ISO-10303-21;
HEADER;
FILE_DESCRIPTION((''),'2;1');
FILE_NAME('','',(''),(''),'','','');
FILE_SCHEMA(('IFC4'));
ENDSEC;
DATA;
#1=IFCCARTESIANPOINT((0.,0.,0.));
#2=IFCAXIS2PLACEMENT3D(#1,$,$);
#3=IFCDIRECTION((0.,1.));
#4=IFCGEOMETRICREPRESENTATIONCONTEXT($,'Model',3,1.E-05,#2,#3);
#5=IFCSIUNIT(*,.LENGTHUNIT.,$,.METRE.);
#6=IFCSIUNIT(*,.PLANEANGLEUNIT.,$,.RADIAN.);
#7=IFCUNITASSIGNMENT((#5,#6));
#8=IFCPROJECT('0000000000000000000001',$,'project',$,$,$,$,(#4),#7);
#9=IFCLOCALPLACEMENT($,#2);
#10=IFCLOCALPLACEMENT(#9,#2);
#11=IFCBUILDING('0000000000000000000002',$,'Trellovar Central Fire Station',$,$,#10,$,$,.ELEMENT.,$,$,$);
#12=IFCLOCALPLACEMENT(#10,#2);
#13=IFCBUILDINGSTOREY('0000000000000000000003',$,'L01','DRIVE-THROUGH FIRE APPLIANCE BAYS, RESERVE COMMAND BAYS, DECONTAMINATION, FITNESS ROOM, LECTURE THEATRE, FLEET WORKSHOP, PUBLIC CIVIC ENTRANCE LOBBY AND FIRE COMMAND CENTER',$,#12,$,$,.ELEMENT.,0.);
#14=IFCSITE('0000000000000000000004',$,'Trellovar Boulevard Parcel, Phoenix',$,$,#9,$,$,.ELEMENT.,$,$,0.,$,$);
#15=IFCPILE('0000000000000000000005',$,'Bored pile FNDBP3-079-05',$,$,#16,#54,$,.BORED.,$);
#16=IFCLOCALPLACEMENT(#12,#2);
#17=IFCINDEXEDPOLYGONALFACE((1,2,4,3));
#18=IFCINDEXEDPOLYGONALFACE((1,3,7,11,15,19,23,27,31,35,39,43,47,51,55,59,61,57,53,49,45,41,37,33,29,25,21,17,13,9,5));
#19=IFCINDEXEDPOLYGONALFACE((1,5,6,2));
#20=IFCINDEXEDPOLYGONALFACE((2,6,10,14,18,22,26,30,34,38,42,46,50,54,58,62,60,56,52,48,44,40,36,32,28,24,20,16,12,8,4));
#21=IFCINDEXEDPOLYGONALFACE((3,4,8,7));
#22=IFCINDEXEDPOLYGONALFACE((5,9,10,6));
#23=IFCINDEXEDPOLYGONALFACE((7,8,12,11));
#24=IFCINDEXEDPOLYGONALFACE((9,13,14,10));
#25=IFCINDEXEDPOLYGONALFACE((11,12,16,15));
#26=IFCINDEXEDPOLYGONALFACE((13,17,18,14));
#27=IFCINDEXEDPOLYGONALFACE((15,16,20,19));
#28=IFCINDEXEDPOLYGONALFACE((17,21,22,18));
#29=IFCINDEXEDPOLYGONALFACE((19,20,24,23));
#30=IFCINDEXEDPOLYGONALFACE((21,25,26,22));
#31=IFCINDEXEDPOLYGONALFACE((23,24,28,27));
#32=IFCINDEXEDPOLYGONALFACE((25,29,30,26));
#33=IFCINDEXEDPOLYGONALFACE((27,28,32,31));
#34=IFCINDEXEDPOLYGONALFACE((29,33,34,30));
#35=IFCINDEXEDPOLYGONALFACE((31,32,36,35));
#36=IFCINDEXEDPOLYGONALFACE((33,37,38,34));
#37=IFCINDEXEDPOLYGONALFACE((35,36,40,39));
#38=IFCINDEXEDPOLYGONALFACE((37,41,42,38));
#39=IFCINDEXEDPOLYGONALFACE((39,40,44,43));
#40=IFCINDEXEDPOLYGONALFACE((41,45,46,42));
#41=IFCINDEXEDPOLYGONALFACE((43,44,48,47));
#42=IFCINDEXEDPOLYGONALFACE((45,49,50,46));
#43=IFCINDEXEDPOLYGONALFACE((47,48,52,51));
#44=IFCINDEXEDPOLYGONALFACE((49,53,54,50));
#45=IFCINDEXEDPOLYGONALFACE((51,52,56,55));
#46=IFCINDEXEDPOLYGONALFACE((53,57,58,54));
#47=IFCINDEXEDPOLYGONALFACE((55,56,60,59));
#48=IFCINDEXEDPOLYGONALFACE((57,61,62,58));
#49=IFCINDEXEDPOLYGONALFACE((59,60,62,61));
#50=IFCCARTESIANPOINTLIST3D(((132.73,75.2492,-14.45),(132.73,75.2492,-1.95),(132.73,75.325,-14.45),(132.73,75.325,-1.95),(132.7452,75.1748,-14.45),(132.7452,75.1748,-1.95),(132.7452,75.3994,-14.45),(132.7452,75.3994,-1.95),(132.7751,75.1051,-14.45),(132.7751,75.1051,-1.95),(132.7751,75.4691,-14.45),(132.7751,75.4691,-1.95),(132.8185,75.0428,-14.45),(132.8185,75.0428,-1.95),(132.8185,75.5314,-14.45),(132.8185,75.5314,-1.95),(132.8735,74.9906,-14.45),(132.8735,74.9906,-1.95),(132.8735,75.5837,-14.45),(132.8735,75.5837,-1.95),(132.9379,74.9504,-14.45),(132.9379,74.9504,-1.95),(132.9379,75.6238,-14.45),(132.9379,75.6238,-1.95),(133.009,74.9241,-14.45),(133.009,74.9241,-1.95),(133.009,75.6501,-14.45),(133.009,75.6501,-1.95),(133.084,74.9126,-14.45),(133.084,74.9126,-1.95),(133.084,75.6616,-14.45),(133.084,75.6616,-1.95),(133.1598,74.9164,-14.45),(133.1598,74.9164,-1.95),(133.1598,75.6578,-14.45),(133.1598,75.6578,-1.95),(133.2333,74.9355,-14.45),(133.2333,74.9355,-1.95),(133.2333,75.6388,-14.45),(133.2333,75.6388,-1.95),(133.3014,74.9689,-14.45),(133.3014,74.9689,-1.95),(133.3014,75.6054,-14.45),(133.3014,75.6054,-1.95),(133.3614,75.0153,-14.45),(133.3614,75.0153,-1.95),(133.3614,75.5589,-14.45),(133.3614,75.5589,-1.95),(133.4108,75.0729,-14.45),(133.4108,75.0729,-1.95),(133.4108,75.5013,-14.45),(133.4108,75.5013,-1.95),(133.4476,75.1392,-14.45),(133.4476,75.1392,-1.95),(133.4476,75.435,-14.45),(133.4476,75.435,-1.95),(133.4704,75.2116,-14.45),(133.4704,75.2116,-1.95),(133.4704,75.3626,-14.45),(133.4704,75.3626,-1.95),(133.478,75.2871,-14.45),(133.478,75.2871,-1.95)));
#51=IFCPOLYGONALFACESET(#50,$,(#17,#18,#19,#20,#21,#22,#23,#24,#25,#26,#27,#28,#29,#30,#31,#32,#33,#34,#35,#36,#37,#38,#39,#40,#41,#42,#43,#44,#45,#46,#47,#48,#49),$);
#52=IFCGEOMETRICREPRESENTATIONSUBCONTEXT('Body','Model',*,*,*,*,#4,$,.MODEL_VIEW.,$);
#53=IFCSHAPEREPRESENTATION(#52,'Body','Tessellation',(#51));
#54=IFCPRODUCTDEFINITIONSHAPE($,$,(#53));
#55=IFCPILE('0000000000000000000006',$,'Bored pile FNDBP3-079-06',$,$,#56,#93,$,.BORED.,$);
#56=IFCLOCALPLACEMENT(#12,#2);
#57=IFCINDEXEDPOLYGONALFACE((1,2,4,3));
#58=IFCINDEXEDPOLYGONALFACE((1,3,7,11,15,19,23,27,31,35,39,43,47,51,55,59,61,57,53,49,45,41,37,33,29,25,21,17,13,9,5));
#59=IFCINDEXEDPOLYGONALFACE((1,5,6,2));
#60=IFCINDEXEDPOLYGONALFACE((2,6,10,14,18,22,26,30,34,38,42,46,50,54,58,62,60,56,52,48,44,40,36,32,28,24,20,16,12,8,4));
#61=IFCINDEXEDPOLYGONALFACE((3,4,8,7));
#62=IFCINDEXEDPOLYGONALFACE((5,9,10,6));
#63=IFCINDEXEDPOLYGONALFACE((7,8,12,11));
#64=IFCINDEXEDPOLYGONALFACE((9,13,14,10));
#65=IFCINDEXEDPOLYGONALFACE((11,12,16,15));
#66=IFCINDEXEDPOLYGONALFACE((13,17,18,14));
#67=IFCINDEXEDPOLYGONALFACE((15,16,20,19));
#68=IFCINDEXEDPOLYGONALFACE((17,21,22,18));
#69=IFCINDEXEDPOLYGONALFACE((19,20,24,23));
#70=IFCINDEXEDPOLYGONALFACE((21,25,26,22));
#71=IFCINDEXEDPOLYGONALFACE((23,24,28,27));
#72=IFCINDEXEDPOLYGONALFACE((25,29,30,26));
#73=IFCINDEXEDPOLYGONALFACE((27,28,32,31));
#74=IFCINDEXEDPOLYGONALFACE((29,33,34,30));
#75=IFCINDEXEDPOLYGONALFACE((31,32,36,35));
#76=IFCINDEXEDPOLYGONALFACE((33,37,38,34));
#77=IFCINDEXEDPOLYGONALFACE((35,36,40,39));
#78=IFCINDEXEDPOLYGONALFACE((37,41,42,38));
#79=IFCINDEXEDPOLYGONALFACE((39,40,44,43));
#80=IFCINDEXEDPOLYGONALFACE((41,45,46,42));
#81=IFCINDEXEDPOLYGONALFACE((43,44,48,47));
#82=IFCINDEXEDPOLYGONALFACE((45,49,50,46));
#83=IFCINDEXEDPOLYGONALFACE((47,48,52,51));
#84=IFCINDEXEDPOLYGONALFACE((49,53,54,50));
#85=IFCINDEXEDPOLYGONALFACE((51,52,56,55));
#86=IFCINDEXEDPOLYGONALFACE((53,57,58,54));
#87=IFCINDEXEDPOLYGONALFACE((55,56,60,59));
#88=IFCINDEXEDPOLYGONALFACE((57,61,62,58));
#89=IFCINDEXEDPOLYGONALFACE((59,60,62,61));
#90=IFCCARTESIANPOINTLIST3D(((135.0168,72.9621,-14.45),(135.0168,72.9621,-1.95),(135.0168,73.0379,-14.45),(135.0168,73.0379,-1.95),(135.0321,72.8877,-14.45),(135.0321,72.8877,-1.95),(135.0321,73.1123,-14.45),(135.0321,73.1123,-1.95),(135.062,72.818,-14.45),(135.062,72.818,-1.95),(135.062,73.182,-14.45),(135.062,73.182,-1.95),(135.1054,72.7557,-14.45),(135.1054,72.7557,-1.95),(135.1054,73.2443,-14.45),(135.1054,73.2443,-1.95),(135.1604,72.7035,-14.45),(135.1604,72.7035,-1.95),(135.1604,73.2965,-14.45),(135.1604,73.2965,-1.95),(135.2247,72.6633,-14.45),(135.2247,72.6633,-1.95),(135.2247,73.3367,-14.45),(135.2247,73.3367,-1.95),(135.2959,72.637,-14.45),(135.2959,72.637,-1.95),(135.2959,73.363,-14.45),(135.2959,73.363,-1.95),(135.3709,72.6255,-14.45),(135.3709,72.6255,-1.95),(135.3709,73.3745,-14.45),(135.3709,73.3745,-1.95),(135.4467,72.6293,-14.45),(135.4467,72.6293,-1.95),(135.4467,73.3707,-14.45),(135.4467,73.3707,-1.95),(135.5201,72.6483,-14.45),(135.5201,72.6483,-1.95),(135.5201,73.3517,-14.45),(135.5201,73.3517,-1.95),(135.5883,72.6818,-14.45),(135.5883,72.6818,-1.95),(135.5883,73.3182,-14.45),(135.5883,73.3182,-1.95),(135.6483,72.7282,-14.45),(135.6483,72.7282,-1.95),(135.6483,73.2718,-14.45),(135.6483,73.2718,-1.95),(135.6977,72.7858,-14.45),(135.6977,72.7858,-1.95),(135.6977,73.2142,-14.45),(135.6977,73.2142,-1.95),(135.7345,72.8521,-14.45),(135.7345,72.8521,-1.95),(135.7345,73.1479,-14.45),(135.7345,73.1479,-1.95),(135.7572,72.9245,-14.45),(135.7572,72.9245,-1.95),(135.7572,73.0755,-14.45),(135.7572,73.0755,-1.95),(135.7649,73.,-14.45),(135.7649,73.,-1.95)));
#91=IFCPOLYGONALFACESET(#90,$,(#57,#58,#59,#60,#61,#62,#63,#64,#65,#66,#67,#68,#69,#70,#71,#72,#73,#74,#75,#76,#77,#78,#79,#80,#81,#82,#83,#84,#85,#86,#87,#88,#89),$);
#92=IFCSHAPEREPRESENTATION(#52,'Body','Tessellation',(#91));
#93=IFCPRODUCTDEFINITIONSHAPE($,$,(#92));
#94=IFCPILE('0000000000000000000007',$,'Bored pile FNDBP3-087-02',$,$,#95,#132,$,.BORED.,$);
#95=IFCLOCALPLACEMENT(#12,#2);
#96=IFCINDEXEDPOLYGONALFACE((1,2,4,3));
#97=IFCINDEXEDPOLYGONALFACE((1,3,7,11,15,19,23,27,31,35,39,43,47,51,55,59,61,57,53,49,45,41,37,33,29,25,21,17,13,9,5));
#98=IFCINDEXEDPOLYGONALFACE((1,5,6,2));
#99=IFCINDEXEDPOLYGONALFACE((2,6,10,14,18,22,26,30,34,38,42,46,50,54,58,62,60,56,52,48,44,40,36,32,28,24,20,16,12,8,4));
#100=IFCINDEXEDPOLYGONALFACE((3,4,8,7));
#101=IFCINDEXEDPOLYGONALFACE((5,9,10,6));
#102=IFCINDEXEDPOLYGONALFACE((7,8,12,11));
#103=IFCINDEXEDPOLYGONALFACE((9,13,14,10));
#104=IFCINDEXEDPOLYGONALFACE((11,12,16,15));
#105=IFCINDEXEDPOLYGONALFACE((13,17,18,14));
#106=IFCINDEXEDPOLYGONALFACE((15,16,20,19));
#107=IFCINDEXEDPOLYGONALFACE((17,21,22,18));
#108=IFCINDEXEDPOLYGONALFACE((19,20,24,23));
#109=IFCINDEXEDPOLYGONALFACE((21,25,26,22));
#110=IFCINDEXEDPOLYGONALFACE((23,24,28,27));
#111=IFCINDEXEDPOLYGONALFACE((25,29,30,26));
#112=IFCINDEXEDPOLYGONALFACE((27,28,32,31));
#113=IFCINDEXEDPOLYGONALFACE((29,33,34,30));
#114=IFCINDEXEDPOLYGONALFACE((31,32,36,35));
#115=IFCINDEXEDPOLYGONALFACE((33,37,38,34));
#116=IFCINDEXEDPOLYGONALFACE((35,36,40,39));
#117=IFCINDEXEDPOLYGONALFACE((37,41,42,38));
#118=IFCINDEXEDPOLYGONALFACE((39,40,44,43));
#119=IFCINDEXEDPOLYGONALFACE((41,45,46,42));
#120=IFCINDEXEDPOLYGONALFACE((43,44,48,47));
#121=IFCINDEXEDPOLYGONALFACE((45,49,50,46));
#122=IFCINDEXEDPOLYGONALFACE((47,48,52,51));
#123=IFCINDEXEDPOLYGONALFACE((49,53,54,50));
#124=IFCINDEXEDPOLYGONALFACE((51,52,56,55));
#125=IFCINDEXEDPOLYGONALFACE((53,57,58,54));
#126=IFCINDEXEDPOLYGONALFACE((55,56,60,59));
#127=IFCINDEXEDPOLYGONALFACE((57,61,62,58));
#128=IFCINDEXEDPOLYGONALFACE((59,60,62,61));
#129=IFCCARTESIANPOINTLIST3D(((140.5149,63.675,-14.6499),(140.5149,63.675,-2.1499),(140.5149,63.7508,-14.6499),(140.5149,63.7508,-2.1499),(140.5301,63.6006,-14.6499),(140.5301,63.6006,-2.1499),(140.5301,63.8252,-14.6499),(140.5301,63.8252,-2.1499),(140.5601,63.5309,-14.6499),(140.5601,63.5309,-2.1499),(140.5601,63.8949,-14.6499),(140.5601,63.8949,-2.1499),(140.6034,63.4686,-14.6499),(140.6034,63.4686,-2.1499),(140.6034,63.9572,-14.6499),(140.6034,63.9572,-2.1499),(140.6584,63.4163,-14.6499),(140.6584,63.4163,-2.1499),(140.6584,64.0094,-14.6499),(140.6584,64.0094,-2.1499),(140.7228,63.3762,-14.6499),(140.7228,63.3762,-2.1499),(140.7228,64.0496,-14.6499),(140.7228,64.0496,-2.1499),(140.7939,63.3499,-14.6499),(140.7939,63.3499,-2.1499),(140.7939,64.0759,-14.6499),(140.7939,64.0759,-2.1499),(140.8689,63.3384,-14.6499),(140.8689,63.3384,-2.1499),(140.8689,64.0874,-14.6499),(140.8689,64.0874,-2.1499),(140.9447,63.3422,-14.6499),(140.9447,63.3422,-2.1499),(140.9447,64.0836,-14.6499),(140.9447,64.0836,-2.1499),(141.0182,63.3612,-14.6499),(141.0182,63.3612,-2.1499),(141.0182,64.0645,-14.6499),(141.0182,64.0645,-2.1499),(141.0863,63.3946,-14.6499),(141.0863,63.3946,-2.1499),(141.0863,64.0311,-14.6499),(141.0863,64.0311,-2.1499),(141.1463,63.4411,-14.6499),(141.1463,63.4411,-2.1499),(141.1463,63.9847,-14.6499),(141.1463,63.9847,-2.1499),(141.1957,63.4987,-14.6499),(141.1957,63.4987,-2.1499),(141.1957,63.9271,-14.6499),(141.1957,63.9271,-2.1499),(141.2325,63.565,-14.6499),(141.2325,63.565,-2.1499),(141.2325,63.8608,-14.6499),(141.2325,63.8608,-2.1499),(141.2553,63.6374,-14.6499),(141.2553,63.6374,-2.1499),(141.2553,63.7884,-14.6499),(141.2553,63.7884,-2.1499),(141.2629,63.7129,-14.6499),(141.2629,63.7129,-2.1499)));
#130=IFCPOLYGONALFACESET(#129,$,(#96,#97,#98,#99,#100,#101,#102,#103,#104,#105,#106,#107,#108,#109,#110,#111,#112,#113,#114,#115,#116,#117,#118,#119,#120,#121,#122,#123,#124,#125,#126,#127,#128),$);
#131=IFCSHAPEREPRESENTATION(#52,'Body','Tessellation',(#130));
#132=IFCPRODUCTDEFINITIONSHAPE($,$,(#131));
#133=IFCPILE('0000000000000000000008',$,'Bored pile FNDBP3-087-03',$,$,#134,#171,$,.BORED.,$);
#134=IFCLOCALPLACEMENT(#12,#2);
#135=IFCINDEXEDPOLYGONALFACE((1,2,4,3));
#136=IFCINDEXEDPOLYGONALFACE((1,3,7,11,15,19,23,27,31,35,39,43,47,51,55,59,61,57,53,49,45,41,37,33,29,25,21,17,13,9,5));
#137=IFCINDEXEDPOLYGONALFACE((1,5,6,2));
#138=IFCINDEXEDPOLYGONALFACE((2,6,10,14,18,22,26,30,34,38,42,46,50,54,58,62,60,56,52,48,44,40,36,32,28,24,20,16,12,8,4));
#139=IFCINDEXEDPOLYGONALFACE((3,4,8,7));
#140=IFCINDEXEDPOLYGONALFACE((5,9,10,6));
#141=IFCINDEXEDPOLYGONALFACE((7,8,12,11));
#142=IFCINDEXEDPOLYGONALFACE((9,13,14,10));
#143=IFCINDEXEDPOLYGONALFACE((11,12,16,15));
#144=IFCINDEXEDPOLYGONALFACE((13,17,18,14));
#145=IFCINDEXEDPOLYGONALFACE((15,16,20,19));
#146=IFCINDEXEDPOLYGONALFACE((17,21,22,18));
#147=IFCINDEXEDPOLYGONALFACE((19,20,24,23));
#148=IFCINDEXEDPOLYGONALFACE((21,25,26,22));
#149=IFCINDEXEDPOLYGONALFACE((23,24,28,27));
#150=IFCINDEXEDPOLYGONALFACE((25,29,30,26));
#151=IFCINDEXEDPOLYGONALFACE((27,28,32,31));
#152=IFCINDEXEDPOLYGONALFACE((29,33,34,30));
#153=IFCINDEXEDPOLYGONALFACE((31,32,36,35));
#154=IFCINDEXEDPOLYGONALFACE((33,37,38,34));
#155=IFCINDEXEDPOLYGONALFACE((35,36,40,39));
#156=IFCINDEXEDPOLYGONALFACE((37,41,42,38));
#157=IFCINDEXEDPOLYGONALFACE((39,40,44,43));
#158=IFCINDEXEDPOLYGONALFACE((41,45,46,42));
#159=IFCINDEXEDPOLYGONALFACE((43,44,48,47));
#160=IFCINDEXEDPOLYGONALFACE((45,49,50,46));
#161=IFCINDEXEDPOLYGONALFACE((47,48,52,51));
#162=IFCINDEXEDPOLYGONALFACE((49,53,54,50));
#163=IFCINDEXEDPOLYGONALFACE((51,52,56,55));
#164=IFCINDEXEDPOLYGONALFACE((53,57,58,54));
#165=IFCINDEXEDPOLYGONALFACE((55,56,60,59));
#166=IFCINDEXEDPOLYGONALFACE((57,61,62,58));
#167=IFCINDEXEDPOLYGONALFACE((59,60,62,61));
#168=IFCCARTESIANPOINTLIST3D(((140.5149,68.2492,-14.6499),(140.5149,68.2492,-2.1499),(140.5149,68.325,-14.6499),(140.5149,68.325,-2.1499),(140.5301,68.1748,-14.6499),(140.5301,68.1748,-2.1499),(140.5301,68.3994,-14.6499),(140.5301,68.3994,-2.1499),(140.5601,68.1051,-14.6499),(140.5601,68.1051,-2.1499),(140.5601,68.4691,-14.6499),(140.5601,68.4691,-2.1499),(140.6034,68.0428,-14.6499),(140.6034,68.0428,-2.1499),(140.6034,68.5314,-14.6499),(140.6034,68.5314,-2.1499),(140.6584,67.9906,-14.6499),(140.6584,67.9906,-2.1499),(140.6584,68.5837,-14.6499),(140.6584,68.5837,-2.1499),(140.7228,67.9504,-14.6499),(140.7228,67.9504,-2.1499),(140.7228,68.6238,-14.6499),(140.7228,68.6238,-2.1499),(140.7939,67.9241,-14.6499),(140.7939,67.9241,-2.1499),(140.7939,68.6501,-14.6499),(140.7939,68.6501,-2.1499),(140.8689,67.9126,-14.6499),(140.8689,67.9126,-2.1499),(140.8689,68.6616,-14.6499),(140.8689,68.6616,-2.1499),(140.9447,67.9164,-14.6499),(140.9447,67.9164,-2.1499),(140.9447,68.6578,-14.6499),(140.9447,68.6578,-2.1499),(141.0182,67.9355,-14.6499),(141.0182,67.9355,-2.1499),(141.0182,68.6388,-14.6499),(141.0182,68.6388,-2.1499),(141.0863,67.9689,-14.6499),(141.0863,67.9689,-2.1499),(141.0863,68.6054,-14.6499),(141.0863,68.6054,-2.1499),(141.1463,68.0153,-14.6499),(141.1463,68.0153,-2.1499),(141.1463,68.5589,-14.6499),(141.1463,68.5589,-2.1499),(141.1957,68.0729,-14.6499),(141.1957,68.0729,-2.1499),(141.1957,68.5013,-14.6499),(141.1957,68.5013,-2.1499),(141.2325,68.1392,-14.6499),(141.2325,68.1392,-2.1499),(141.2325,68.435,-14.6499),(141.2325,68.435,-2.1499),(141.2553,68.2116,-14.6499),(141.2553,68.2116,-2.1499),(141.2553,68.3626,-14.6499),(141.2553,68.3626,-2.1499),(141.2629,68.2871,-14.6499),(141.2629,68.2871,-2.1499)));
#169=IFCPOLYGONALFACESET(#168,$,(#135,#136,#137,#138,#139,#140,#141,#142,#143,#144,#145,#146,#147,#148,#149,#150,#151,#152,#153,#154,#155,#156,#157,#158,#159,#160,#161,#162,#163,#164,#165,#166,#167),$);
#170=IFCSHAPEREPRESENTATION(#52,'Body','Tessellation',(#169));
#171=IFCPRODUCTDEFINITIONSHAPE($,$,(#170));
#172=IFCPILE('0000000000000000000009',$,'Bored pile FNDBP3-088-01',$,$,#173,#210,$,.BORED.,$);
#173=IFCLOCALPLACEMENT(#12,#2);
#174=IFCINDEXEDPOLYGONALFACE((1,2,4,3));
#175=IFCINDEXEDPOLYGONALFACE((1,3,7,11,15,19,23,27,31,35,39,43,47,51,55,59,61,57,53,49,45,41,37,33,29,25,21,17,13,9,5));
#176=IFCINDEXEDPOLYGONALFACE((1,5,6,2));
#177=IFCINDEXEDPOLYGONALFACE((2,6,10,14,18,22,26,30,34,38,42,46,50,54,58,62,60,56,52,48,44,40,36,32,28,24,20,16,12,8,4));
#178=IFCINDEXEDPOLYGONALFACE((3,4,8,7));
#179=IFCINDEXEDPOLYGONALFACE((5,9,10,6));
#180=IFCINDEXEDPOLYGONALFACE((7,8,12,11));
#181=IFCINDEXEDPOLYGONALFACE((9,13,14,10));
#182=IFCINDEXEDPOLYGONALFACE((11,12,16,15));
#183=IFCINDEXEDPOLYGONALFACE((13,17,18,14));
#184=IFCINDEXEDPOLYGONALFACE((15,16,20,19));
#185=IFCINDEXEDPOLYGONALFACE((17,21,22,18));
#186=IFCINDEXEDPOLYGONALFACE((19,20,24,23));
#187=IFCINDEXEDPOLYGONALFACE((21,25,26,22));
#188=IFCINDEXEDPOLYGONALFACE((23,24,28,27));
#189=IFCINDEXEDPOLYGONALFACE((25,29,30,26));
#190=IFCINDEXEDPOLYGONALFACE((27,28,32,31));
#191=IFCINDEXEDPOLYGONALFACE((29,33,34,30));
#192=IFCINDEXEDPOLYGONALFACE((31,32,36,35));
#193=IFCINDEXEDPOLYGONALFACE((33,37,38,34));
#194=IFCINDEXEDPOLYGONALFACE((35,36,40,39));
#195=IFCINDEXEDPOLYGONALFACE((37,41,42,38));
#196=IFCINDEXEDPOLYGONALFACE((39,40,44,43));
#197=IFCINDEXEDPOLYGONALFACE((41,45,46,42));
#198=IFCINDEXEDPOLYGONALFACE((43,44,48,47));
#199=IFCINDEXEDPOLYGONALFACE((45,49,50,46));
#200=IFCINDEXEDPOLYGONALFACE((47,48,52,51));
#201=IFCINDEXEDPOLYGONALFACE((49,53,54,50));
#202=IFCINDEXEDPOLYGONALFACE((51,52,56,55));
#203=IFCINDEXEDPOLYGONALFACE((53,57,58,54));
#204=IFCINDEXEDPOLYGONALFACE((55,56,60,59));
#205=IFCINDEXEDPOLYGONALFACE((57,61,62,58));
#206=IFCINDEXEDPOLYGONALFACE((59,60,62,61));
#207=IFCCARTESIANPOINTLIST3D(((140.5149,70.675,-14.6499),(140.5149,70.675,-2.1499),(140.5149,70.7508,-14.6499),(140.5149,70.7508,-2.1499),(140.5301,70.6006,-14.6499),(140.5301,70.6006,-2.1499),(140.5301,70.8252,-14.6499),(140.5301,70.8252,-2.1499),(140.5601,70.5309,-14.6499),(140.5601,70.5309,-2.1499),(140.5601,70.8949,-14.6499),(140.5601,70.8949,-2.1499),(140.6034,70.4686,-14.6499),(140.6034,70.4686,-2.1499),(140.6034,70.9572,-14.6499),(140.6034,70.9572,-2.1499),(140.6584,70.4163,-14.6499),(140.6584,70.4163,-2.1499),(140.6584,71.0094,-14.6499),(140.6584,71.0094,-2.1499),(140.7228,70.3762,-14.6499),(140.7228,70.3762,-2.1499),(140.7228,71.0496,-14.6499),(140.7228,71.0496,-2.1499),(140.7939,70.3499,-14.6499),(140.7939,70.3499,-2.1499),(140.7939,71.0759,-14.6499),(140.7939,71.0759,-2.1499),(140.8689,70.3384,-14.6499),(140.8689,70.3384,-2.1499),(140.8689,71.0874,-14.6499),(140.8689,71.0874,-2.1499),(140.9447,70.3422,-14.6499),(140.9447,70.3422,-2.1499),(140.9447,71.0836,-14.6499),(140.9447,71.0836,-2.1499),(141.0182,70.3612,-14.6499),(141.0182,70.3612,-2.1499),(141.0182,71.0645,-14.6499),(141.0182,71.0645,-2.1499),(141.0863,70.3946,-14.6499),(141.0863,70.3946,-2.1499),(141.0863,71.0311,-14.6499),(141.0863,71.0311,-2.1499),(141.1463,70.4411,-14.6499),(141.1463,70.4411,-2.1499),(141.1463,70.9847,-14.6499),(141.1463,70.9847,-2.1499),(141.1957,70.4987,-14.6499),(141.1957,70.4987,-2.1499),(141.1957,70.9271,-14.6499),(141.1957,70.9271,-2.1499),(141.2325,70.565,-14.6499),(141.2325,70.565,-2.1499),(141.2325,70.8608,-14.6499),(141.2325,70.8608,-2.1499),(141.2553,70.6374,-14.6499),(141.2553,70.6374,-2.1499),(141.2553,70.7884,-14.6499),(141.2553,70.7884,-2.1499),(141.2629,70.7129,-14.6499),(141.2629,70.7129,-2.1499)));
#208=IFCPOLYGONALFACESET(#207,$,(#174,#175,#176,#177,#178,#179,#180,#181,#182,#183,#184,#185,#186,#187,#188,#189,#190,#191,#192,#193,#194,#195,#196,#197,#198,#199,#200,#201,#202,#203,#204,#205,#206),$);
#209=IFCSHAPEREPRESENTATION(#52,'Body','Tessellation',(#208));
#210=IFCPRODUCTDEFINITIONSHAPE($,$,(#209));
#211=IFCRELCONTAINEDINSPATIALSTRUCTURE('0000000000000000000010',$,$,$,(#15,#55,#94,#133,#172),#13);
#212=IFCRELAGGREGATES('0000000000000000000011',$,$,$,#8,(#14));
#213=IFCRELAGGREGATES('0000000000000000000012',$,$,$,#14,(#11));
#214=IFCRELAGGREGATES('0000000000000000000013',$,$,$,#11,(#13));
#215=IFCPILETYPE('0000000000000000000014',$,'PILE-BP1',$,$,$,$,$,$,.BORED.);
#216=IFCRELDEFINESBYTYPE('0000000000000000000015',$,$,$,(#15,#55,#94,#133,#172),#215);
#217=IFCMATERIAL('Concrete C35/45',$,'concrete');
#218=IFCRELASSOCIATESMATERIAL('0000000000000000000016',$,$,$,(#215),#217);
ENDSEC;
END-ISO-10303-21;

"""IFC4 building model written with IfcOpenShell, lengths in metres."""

from ifc_helpers import new_model, si_unit, direction, frame, origin, origin_2d, place, context, subcontext, project, spatial, circle, extrude, material, material_profile, profile_set, type_object, element, save


model = new_model("IFC4")

# Units and contexts
model_context = context("Model", 3, precision=1e-05, world=origin(), true_north=direction((0.0, 1.0)))
body_context = subcontext(model_context, "Body", "Model", "MODEL_VIEW")
ifc_project = project(units=[si_unit("LENGTHUNIT", "METRE"), si_unit("PLANEANGLEUNIT", "RADIAN")], contexts=[model_context])

# Site, building, storey
site_placement = place(None, origin())
site = spatial("IfcSite", under=ifc_project, at=site_placement, Name="Trellovar Boulevard Parcel, Phoenix", CompositionType="ELEMENT", RefElevation=0.0)
building_placement = place(site_placement, origin())
building = spatial("IfcBuilding", under=site, at=building_placement, Name="Trellovar Central Fire Station", CompositionType="ELEMENT")
storey_placement = place(building_placement, origin())
storey = spatial("IfcBuildingStorey", under=building, at=storey_placement, Name="L01", Description="DRIVE-THROUGH FIRE APPLIANCE BAYS, RESERVE COMMAND BAYS, DECONTAMINATION, FITNESS ROOM, LECTURE THEATRE, FLEET WORKSHOP, PUBLIC CIVIC ENTRANCE LOBBY AND FIRE COMMAND CENTER", CompositionType="ELEMENT", Elevation=0.0)

# Piles
ifc_material_1 = material(Name="Concrete C35/45", Category="concrete")
ifc_material_profile_1 = material_profile(ifc_material_1, circle(Radius=0.375, at=origin_2d()), Name="PILE750")
ifc_profile_set_1 = profile_set([ifc_material_profile_1], Name="Concrete C35/45")
pile_type = type_object("IfcPileType", Name="PILE-BP1", PredefinedType="BORED", material=ifc_profile_set_1)
for number, where, z_axis, x_axis, name in (
    (1, (133.103, 75.2871, -1.95), (0.0, 0.0, -1.0), (1.0, 0.0, 0.0), "Bored pile FNDBP3-079-05"),
    (2, (135.3899, 73.0, -1.95), (0.0, 0.0, -1.0), (1.0, 0.0, 0.0), "Bored pile FNDBP3-079-06"),
    (3, (140.8879, 63.7129, -2.1499), (0.0, 0.0, -1.0), (1.0, 0.0, 0.0), "Bored pile FNDBP3-087-02"),
    (4, (140.8879, 68.2871, -2.1499), (0.0, 0.0, -1.0), (1.0, 0.0, 0.0), "Bored pile FNDBP3-087-03"),
    (5, (140.8879, 70.7129, -2.1499), (0.0, 0.0, -1.0), (1.0, 0.0, 0.0), "Bored pile FNDBP3-088-01"),
):
    element("IfcPile", number, at=place(storey_placement, frame(where, z_axis=z_axis, x_axis=x_axis)), inside=storey, type_object=pile_type, Name=name, PredefinedType="BORED", context=body_context, shape_type="SweptSolid", body=[
        extrude(circle(Radius=0.375, at=origin_2d()), origin(), (0.0, 0.0, 1.0), 12.5),
    ])

save(model, "model.ifc")
